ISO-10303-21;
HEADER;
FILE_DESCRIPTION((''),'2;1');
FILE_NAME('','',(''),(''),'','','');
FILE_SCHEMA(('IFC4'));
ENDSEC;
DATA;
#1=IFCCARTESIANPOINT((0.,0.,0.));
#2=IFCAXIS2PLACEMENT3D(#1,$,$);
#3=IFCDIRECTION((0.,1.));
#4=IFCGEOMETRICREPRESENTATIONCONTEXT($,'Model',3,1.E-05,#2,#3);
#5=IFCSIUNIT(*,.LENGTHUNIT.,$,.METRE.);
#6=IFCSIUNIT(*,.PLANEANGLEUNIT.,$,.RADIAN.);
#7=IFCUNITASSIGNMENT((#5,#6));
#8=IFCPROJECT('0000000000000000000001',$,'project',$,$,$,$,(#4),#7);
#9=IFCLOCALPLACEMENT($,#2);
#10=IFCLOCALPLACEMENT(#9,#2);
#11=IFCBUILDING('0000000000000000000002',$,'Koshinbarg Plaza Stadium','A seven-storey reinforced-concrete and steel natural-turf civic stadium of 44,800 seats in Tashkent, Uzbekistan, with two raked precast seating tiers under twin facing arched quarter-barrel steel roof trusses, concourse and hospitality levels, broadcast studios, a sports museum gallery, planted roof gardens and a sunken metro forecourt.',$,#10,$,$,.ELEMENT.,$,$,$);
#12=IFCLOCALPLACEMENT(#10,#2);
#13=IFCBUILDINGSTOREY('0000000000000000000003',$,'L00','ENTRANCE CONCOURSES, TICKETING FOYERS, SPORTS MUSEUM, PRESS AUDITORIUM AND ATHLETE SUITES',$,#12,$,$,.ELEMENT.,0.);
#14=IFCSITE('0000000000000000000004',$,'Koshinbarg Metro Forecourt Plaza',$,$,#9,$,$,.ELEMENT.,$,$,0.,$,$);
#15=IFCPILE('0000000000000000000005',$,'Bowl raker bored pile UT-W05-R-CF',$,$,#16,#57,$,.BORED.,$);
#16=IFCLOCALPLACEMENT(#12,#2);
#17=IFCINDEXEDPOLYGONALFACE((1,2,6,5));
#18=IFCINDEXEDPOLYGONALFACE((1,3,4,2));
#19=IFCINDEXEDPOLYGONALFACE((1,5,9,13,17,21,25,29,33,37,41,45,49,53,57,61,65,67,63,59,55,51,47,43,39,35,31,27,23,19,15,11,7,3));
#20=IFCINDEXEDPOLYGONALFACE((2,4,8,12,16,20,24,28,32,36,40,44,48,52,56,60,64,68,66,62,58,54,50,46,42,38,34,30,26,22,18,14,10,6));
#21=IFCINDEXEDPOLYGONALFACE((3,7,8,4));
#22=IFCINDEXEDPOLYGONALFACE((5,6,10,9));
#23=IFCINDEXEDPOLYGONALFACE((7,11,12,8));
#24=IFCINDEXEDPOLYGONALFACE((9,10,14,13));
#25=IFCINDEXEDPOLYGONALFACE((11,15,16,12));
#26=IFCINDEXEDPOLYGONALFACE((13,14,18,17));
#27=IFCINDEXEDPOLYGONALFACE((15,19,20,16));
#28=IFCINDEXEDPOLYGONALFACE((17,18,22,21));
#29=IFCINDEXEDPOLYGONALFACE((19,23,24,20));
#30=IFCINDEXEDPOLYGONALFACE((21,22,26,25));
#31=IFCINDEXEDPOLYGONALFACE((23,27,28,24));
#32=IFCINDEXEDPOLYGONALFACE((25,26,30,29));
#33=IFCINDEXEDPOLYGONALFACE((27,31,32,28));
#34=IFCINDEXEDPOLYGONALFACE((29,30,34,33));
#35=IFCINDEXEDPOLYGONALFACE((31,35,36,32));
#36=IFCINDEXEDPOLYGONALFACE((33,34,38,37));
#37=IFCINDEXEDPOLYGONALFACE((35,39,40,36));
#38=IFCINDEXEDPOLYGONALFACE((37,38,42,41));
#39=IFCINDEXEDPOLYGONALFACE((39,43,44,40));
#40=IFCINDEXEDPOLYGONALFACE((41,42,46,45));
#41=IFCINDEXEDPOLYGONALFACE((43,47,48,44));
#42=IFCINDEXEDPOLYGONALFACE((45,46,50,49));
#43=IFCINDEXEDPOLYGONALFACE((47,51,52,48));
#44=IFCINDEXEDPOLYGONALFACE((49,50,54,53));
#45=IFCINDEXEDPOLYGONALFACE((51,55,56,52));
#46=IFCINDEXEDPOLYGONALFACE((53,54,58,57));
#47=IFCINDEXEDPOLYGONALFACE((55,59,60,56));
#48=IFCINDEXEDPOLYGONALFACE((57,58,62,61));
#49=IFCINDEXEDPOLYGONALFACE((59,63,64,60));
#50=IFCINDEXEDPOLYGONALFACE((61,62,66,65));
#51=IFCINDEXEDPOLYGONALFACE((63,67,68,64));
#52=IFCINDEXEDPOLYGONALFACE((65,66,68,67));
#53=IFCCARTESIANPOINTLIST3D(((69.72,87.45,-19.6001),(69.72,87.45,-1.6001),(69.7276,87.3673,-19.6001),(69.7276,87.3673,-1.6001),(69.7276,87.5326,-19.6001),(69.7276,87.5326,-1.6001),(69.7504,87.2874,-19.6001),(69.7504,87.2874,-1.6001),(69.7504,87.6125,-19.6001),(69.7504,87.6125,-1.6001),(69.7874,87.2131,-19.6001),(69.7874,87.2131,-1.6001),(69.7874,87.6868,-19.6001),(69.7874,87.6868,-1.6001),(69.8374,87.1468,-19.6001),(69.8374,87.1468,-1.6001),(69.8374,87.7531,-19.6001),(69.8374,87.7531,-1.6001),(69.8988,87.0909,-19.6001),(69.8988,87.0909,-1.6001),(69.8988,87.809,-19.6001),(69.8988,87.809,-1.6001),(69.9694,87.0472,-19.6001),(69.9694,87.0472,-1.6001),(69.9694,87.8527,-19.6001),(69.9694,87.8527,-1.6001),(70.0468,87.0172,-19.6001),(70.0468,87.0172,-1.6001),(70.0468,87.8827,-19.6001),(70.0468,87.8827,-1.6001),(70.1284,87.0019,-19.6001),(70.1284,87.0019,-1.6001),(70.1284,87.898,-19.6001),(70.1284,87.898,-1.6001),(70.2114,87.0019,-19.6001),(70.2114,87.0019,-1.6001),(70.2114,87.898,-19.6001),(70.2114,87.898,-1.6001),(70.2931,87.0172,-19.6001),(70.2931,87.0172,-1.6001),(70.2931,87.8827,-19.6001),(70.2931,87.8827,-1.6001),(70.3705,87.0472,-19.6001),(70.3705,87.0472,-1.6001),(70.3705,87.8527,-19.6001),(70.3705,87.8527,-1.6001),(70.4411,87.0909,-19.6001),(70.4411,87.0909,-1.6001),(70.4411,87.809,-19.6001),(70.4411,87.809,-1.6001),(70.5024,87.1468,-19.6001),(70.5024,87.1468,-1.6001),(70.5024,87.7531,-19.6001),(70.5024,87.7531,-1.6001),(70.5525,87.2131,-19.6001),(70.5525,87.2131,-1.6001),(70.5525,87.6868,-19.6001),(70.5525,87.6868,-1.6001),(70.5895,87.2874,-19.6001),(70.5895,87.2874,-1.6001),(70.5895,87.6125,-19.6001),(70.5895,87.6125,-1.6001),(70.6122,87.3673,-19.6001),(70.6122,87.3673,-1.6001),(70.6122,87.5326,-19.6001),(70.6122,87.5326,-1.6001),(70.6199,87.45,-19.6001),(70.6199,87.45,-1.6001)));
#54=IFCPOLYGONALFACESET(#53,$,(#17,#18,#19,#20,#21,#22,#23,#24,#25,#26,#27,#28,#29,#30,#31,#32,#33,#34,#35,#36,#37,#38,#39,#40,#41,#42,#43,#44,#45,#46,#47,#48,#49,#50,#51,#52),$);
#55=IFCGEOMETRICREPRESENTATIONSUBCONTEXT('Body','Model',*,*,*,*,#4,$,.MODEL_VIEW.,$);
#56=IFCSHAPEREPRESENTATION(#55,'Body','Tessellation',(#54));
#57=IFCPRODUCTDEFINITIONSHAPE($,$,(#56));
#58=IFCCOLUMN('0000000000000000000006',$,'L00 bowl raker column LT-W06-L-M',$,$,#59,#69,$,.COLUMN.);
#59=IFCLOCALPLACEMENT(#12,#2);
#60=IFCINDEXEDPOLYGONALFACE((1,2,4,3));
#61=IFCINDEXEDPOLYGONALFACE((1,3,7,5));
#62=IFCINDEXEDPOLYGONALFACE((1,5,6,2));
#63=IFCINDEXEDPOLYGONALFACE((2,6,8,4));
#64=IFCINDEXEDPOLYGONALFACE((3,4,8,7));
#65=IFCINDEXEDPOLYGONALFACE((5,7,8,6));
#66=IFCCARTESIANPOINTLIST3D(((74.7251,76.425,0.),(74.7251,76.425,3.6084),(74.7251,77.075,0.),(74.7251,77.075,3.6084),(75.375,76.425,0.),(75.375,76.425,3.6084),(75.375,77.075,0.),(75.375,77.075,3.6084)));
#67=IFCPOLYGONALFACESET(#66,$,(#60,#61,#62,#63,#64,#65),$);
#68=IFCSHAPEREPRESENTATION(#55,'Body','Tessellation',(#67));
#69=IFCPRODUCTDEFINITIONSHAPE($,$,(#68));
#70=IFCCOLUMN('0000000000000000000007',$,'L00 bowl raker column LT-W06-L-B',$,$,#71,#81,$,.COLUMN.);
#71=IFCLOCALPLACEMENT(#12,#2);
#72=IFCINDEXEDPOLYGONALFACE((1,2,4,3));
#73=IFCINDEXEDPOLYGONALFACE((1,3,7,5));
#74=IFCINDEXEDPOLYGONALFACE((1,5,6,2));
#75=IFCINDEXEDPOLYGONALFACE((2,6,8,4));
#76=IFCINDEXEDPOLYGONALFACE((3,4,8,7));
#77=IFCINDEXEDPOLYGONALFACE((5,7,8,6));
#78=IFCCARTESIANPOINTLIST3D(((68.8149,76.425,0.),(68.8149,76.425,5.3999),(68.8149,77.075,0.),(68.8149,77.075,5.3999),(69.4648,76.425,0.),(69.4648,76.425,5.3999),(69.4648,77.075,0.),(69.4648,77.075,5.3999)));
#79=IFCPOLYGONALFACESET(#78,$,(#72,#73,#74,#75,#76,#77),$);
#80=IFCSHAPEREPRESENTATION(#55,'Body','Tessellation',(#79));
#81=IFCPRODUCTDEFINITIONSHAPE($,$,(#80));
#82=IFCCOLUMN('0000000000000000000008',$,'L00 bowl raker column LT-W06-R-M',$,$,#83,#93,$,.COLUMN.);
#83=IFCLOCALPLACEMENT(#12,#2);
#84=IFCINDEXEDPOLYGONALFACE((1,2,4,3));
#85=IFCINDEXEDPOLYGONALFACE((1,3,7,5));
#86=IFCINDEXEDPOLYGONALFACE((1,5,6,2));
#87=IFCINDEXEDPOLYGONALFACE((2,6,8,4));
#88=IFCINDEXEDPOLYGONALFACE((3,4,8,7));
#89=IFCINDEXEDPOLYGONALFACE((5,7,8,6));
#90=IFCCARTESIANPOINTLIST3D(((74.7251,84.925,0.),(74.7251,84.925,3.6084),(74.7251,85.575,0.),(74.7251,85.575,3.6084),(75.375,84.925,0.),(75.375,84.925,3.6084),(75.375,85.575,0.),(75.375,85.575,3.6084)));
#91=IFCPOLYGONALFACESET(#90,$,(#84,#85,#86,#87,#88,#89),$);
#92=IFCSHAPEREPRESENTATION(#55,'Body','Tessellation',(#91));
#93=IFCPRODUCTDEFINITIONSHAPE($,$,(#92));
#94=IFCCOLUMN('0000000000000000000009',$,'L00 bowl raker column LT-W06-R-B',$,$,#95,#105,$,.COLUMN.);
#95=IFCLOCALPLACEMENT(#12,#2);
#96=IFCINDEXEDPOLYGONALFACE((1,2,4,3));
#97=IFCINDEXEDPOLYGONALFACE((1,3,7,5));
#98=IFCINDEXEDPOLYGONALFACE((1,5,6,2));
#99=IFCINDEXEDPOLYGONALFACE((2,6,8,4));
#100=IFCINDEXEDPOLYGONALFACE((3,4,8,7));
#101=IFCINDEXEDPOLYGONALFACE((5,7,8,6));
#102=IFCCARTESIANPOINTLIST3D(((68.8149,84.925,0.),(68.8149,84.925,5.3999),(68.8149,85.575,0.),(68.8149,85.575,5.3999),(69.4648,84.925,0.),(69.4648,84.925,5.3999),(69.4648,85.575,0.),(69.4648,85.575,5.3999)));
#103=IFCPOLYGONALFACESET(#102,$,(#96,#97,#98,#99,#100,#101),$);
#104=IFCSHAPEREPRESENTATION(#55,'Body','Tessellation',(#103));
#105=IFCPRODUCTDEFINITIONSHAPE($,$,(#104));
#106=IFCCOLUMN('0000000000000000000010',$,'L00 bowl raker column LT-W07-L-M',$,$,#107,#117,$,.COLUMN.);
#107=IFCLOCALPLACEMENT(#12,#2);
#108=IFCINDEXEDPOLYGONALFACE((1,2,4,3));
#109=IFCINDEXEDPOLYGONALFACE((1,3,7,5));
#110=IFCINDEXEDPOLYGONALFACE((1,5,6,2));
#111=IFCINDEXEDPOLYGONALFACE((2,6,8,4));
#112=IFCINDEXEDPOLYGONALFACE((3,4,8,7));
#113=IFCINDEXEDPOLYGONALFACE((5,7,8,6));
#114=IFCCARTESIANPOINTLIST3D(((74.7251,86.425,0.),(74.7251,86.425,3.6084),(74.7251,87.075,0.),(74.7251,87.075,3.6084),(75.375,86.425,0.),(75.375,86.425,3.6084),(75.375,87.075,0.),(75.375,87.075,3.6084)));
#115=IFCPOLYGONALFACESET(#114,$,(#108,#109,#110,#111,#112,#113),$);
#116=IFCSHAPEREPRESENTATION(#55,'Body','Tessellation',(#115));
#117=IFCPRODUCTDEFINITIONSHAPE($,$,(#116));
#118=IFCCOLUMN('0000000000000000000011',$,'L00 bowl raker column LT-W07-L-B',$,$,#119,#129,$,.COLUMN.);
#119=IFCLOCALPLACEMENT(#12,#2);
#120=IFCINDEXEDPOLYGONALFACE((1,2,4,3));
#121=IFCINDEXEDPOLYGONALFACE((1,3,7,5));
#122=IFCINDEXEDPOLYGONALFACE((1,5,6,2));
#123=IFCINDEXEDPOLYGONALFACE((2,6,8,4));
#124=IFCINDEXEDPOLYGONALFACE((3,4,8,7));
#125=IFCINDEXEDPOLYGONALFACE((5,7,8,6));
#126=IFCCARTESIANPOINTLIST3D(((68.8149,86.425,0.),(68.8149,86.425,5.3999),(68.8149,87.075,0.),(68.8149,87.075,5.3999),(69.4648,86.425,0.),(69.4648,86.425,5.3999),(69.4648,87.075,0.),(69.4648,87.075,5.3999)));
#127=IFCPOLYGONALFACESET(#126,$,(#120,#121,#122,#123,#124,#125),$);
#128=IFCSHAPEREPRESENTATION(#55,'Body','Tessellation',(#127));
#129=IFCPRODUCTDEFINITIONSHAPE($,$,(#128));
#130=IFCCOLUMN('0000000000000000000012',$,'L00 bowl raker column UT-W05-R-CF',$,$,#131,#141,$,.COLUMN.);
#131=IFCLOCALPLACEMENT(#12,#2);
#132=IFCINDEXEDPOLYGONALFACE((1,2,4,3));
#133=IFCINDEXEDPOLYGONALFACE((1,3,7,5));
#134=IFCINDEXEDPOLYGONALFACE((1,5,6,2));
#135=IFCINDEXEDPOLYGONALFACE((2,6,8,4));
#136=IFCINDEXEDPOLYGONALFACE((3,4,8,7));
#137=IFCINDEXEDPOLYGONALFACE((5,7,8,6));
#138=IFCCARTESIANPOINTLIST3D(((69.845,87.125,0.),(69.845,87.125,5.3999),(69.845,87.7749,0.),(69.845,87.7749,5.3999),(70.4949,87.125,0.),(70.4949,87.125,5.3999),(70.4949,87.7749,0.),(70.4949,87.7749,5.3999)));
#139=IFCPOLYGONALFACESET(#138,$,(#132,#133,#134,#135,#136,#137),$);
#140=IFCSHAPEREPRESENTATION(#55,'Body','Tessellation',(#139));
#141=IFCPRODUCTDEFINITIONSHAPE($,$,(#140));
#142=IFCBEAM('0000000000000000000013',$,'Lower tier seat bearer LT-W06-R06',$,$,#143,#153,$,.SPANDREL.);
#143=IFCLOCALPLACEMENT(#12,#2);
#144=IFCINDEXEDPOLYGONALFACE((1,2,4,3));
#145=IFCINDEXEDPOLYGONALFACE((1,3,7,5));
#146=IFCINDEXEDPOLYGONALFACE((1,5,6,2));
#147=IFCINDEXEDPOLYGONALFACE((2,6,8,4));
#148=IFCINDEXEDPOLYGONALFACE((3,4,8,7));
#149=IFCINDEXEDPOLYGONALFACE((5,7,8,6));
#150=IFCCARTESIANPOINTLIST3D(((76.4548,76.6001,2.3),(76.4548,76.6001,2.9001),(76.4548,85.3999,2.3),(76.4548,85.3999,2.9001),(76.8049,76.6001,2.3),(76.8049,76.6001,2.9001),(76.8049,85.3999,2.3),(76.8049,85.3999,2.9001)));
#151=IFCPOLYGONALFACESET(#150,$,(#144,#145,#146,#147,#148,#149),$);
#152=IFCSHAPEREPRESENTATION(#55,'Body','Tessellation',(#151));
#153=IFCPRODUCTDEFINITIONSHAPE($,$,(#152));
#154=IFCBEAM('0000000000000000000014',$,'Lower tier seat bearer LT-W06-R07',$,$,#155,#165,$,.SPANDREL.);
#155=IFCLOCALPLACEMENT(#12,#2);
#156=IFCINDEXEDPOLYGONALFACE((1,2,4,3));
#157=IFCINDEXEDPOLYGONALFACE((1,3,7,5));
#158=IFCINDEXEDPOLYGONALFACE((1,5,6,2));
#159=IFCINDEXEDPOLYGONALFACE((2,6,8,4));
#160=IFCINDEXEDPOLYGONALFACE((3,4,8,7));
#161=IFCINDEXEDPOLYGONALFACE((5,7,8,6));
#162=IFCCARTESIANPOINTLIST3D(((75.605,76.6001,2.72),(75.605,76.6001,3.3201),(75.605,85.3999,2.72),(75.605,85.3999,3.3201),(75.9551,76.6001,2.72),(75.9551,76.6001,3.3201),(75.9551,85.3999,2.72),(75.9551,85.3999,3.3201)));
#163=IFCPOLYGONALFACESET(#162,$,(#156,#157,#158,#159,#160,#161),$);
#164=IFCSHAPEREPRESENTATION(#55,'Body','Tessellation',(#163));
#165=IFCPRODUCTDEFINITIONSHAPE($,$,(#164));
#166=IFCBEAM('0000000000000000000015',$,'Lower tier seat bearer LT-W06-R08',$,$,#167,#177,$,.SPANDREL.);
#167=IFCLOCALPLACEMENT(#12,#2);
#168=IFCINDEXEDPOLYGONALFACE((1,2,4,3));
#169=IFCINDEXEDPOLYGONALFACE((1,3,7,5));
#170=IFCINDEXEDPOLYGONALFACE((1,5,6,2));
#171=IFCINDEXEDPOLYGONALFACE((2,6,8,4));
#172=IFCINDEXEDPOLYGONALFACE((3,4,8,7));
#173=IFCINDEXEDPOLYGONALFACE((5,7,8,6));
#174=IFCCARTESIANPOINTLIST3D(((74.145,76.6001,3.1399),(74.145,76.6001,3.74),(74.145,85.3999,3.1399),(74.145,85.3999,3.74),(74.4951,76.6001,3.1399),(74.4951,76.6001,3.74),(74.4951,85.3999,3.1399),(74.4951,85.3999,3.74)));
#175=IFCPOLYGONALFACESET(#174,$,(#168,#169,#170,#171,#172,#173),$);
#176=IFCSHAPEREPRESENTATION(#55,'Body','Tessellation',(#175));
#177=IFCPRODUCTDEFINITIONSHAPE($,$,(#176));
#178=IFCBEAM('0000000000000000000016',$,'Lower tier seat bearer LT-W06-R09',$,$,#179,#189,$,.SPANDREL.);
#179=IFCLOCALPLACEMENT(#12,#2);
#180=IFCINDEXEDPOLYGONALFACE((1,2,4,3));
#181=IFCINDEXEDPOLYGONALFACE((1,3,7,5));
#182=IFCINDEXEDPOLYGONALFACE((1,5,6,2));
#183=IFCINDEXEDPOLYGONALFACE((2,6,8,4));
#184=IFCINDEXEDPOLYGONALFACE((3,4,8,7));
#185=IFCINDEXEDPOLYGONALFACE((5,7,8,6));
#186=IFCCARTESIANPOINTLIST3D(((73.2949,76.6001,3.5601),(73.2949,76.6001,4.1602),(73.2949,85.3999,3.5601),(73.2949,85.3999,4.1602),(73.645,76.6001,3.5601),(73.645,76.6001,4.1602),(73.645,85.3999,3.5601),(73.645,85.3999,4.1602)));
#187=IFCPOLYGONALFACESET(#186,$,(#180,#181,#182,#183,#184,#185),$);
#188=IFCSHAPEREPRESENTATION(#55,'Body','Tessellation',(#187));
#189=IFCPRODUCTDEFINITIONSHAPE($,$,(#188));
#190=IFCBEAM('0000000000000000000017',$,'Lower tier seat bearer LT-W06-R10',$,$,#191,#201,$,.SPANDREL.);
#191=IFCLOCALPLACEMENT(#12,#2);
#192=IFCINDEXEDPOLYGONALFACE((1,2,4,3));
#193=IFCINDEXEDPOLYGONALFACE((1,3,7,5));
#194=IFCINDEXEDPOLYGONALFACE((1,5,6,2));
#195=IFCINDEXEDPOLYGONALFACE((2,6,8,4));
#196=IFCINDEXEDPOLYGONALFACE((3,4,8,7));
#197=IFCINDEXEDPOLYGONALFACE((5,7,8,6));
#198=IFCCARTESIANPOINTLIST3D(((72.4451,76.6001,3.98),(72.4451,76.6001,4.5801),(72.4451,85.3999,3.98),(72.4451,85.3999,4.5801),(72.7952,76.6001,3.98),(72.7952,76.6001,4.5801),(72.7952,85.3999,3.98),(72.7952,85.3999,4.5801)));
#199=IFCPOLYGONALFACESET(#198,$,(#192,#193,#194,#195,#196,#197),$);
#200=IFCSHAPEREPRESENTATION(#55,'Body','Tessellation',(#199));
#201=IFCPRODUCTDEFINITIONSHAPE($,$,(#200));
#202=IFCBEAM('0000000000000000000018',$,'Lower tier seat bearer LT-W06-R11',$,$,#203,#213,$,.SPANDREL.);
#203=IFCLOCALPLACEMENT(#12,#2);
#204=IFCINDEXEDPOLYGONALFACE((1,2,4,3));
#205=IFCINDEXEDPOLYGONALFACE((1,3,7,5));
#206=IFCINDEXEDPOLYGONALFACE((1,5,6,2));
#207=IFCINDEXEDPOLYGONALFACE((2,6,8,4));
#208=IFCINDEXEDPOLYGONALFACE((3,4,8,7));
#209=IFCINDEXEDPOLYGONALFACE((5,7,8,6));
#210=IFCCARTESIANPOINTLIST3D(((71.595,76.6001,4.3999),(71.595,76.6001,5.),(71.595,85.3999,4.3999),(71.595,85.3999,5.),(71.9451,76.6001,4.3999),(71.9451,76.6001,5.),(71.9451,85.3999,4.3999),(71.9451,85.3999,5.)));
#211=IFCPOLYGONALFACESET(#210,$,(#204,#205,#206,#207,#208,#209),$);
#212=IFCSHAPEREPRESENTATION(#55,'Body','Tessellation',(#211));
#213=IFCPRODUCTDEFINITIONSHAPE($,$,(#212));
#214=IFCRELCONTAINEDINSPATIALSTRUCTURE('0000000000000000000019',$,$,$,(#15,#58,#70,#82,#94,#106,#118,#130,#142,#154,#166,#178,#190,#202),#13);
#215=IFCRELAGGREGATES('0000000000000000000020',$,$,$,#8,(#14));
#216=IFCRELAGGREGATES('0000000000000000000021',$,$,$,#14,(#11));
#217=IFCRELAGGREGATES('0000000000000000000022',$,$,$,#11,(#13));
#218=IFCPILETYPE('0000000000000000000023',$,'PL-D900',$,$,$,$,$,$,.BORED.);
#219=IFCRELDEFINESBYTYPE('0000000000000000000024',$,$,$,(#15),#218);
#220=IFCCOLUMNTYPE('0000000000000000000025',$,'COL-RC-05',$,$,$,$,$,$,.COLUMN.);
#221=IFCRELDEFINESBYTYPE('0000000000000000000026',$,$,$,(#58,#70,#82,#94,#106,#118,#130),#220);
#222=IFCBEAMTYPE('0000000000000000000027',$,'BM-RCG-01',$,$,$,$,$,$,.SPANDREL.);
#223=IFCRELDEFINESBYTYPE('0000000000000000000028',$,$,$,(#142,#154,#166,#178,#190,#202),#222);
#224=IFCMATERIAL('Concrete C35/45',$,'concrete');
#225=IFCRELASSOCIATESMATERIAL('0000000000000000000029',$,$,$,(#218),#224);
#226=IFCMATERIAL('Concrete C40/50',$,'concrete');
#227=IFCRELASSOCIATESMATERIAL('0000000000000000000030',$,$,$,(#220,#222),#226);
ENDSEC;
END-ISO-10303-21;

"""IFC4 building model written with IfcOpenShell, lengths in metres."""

from ifc_helpers import new_model, si_unit, direction, frame, origin, origin_2d, place, context, subcontext, project, spatial, rectangle, circle, extrude, material, material_profile, profile_set, type_object, element, save


model = new_model("IFC4")

# Units and contexts
model_context = context("Model", 3, precision=1e-05, world=origin(), true_north=direction((0.0, 1.0)))
body_context = subcontext(model_context, "Body", "Model", "MODEL_VIEW")
ifc_project = project(units=[si_unit("LENGTHUNIT", "METRE"), si_unit("PLANEANGLEUNIT", "RADIAN")], contexts=[model_context])

# Site, building, storey
site_placement = place(None, origin())
site = spatial("IfcSite", under=ifc_project, at=site_placement, Name="Koshinbarg Metro Forecourt Plaza", CompositionType="ELEMENT", RefElevation=0.0)
building_placement = place(site_placement, origin())
building = spatial("IfcBuilding", under=site, at=building_placement, Name="Koshinbarg Plaza Stadium", Description="A seven-storey reinforced-concrete and steel natural-turf civic stadium of 44,800 seats in Tashkent, Uzbekistan, with two raked precast seating tiers under twin facing arched quarter-barrel steel roof trusses, concourse and hospitality levels, broadcast studios, a sports museum gallery, planted roof gardens and a sunken metro forecourt.", CompositionType="ELEMENT")
storey_placement = place(building_placement, origin())
storey = spatial("IfcBuildingStorey", under=building, at=storey_placement, Name="L00", Description="ENTRANCE CONCOURSES, TICKETING FOYERS, SPORTS MUSEUM, PRESS AUDITORIUM AND ATHLETE SUITES", CompositionType="ELEMENT", Elevation=0.0)

# Shared definitions
ifc_material_1 = material(Name="Concrete C35/45", Category="concrete")

# Pile
ifc_material_profile_1 = material_profile(ifc_material_1, circle(Radius=0.45, at=origin_2d()), Name="PILE D900")
ifc_profile_set_1 = profile_set([ifc_material_profile_1], Name="Concrete C35/45")
pile_type = type_object("IfcPileType", Name="PL-D900", PredefinedType="BORED", material=ifc_profile_set_1)
for number, where, z_axis, x_axis, name in (
    (1, (70.1699, 87.45, -1.6001), (0.0, 0.0, -1.0), (1.0, 0.0, 0.0), "Bowl raker bored pile UT-W05-R-CF"),
):
    element("IfcPile", number, at=place(storey_placement, frame(where, z_axis=z_axis, x_axis=x_axis)), inside=storey, type_object=pile_type, Name=name, PredefinedType="BORED", context=body_context, shape_type="SweptSolid", body=[
        extrude(circle(Radius=0.45, at=origin_2d()), origin(), (0.0, 0.0, 1.0), 18.0),
    ])

# Columns
ifc_material_2 = material(Name="Concrete C40/50", Category="concrete")
ifc_material_profile_2 = material_profile(ifc_material_2, rectangle(XDim=0.6499, YDim=0.6499, at=origin_2d()), Name="RC 650x650")
ifc_profile_set_2 = profile_set([ifc_material_profile_2], Name="Concrete C40/50")
column_type = type_object("IfcColumnType", Name="COL-RC-05", PredefinedType="COLUMN", material=ifc_profile_set_2)
column_1_placement = place(storey_placement, frame((75.05, 76.75, 0.0), z_axis=(0.0, 0.0, 1.0), x_axis=(1.0, 0.0, 0.0)))
element("IfcColumn", 2, at=column_1_placement, inside=storey, type_object=column_type, Name="L00 bowl raker column LT-W06-L-M", PredefinedType="COLUMN", context=body_context, shape_type="SweptSolid", body=[
    extrude(rectangle(XDim=0.6499, YDim=0.6499, at=origin_2d()), origin(), (0.0, 0.0, 1.0), 3.6084),
])
column_2_placement = place(storey_placement, frame((69.1399, 76.75, 0.0), z_axis=(0.0, 0.0, 1.0), x_axis=(1.0, 0.0, 0.0)))
element("IfcColumn", 3, at=column_2_placement, inside=storey, type_object=column_type, Name="L00 bowl raker column LT-W06-L-B", PredefinedType="COLUMN", context=body_context, shape_type="SweptSolid", body=[
    extrude(rectangle(XDim=0.6499, YDim=0.6499, at=origin_2d()), origin(), (0.0, 0.0, 1.0), 5.3999),
])
column_3_placement = place(storey_placement, frame((75.05, 85.25, 0.0), z_axis=(0.0, 0.0, 1.0), x_axis=(1.0, 0.0, 0.0)))
element("IfcColumn", 4, at=column_3_placement, inside=storey, type_object=column_type, Name="L00 bowl raker column LT-W06-R-M", PredefinedType="COLUMN", context=body_context, shape_type="SweptSolid", body=[
    extrude(rectangle(XDim=0.6499, YDim=0.6499, at=origin_2d()), origin(), (0.0, 0.0, 1.0), 3.6084),
])
column_4_placement = place(storey_placement, frame((69.1399, 85.25, 0.0), z_axis=(0.0, 0.0, 1.0), x_axis=(1.0, 0.0, 0.0)))
element("IfcColumn", 5, at=column_4_placement, inside=storey, type_object=column_type, Name="L00 bowl raker column LT-W06-R-B", PredefinedType="COLUMN", context=body_context, shape_type="SweptSolid", body=[
    extrude(rectangle(XDim=0.6499, YDim=0.6499, at=origin_2d()), origin(), (0.0, 0.0, 1.0), 5.3999),
])
column_5_placement = place(storey_placement, frame((75.05, 86.75, 0.0), z_axis=(0.0, 0.0, 1.0), x_axis=(1.0, 0.0, 0.0)))
element("IfcColumn", 6, at=column_5_placement, inside=storey, type_object=column_type, Name="L00 bowl raker column LT-W07-L-M", PredefinedType="COLUMN", context=body_context, shape_type="SweptSolid", body=[
    extrude(rectangle(XDim=0.6499, YDim=0.6499, at=origin_2d()), origin(), (0.0, 0.0, 1.0), 3.6084),
])
for number, where, z_axis, x_axis, name in (
    (7, (69.1399, 86.75, 0.0), (0.0, 0.0, 1.0), (1.0, 0.0, 0.0), "L00 bowl raker column LT-W07-L-B"),
    (8, (70.1699, 87.45, 0.0), (0.0, 0.0, 1.0), (1.0, 0.0, 0.0), "L00 bowl raker column UT-W05-R-CF"),
):
    element("IfcColumn", number, at=place(storey_placement, frame(where, z_axis=z_axis, x_axis=x_axis)), inside=storey, type_object=column_type, Name=name, PredefinedType="COLUMN", context=body_context, shape_type="SweptSolid", body=[
        extrude(rectangle(XDim=0.6499, YDim=0.6499, at=origin_2d()), origin(), (0.0, 0.0, 1.0), 5.3999),
    ])

# Beams
ifc_material_profile_3 = material_profile(ifc_material_2, rectangle(XDim=0.3501, YDim=0.6001, at=origin_2d()), Name="RC 350x600")
ifc_profile_set_3 = profile_set([ifc_material_profile_3], Name="Concrete C40/50")
beam_type = type_object("IfcBeamType", Name="BM-RCG-01", PredefinedType="SPANDREL", material=ifc_profile_set_3)
for number, where, z_axis, x_axis, name in (
    (9, (76.6299, 76.6001, 2.6001), (0.0, 1.0, 0.0), (-1.0, 0.0, 0.0), "Lower tier seat bearer LT-W06-R06"),
    (10, (75.78, 76.6001, 3.02), (0.0, 1.0, 0.0), (-1.0, 0.0, 0.0), "Lower tier seat bearer LT-W06-R07"),
    (11, (74.3201, 76.6001, 3.4399), (0.0, 1.0, 0.0), (-1.0, 0.0, 0.0), "Lower tier seat bearer LT-W06-R08"),
    (12, (73.47, 76.6001, 3.8601), (0.0, 1.0, 0.0), (-1.0, 0.0, 0.0), "Lower tier seat bearer LT-W06-R09"),
    (13, (72.6201, 76.6001, 4.28), (0.0, 1.0, 0.0), (-1.0, 0.0, 0.0), "Lower tier seat bearer LT-W06-R10"),
    (14, (71.77, 76.6001, 4.7), (0.0, 1.0, 0.0), (-1.0, 0.0, 0.0), "Lower tier seat bearer LT-W06-R11"),
):
    element("IfcBeam", number, at=place(storey_placement, frame(where, z_axis=z_axis, x_axis=x_axis)), inside=storey, type_object=beam_type, Name=name, PredefinedType="SPANDREL", context=body_context, shape_type="SweptSolid", body=[
        extrude(rectangle(XDim=0.3501, YDim=0.6001, at=origin_2d()), origin(), (0.0, 0.0, 1.0), 8.7998),
    ])

save(model, "model.ifc")
